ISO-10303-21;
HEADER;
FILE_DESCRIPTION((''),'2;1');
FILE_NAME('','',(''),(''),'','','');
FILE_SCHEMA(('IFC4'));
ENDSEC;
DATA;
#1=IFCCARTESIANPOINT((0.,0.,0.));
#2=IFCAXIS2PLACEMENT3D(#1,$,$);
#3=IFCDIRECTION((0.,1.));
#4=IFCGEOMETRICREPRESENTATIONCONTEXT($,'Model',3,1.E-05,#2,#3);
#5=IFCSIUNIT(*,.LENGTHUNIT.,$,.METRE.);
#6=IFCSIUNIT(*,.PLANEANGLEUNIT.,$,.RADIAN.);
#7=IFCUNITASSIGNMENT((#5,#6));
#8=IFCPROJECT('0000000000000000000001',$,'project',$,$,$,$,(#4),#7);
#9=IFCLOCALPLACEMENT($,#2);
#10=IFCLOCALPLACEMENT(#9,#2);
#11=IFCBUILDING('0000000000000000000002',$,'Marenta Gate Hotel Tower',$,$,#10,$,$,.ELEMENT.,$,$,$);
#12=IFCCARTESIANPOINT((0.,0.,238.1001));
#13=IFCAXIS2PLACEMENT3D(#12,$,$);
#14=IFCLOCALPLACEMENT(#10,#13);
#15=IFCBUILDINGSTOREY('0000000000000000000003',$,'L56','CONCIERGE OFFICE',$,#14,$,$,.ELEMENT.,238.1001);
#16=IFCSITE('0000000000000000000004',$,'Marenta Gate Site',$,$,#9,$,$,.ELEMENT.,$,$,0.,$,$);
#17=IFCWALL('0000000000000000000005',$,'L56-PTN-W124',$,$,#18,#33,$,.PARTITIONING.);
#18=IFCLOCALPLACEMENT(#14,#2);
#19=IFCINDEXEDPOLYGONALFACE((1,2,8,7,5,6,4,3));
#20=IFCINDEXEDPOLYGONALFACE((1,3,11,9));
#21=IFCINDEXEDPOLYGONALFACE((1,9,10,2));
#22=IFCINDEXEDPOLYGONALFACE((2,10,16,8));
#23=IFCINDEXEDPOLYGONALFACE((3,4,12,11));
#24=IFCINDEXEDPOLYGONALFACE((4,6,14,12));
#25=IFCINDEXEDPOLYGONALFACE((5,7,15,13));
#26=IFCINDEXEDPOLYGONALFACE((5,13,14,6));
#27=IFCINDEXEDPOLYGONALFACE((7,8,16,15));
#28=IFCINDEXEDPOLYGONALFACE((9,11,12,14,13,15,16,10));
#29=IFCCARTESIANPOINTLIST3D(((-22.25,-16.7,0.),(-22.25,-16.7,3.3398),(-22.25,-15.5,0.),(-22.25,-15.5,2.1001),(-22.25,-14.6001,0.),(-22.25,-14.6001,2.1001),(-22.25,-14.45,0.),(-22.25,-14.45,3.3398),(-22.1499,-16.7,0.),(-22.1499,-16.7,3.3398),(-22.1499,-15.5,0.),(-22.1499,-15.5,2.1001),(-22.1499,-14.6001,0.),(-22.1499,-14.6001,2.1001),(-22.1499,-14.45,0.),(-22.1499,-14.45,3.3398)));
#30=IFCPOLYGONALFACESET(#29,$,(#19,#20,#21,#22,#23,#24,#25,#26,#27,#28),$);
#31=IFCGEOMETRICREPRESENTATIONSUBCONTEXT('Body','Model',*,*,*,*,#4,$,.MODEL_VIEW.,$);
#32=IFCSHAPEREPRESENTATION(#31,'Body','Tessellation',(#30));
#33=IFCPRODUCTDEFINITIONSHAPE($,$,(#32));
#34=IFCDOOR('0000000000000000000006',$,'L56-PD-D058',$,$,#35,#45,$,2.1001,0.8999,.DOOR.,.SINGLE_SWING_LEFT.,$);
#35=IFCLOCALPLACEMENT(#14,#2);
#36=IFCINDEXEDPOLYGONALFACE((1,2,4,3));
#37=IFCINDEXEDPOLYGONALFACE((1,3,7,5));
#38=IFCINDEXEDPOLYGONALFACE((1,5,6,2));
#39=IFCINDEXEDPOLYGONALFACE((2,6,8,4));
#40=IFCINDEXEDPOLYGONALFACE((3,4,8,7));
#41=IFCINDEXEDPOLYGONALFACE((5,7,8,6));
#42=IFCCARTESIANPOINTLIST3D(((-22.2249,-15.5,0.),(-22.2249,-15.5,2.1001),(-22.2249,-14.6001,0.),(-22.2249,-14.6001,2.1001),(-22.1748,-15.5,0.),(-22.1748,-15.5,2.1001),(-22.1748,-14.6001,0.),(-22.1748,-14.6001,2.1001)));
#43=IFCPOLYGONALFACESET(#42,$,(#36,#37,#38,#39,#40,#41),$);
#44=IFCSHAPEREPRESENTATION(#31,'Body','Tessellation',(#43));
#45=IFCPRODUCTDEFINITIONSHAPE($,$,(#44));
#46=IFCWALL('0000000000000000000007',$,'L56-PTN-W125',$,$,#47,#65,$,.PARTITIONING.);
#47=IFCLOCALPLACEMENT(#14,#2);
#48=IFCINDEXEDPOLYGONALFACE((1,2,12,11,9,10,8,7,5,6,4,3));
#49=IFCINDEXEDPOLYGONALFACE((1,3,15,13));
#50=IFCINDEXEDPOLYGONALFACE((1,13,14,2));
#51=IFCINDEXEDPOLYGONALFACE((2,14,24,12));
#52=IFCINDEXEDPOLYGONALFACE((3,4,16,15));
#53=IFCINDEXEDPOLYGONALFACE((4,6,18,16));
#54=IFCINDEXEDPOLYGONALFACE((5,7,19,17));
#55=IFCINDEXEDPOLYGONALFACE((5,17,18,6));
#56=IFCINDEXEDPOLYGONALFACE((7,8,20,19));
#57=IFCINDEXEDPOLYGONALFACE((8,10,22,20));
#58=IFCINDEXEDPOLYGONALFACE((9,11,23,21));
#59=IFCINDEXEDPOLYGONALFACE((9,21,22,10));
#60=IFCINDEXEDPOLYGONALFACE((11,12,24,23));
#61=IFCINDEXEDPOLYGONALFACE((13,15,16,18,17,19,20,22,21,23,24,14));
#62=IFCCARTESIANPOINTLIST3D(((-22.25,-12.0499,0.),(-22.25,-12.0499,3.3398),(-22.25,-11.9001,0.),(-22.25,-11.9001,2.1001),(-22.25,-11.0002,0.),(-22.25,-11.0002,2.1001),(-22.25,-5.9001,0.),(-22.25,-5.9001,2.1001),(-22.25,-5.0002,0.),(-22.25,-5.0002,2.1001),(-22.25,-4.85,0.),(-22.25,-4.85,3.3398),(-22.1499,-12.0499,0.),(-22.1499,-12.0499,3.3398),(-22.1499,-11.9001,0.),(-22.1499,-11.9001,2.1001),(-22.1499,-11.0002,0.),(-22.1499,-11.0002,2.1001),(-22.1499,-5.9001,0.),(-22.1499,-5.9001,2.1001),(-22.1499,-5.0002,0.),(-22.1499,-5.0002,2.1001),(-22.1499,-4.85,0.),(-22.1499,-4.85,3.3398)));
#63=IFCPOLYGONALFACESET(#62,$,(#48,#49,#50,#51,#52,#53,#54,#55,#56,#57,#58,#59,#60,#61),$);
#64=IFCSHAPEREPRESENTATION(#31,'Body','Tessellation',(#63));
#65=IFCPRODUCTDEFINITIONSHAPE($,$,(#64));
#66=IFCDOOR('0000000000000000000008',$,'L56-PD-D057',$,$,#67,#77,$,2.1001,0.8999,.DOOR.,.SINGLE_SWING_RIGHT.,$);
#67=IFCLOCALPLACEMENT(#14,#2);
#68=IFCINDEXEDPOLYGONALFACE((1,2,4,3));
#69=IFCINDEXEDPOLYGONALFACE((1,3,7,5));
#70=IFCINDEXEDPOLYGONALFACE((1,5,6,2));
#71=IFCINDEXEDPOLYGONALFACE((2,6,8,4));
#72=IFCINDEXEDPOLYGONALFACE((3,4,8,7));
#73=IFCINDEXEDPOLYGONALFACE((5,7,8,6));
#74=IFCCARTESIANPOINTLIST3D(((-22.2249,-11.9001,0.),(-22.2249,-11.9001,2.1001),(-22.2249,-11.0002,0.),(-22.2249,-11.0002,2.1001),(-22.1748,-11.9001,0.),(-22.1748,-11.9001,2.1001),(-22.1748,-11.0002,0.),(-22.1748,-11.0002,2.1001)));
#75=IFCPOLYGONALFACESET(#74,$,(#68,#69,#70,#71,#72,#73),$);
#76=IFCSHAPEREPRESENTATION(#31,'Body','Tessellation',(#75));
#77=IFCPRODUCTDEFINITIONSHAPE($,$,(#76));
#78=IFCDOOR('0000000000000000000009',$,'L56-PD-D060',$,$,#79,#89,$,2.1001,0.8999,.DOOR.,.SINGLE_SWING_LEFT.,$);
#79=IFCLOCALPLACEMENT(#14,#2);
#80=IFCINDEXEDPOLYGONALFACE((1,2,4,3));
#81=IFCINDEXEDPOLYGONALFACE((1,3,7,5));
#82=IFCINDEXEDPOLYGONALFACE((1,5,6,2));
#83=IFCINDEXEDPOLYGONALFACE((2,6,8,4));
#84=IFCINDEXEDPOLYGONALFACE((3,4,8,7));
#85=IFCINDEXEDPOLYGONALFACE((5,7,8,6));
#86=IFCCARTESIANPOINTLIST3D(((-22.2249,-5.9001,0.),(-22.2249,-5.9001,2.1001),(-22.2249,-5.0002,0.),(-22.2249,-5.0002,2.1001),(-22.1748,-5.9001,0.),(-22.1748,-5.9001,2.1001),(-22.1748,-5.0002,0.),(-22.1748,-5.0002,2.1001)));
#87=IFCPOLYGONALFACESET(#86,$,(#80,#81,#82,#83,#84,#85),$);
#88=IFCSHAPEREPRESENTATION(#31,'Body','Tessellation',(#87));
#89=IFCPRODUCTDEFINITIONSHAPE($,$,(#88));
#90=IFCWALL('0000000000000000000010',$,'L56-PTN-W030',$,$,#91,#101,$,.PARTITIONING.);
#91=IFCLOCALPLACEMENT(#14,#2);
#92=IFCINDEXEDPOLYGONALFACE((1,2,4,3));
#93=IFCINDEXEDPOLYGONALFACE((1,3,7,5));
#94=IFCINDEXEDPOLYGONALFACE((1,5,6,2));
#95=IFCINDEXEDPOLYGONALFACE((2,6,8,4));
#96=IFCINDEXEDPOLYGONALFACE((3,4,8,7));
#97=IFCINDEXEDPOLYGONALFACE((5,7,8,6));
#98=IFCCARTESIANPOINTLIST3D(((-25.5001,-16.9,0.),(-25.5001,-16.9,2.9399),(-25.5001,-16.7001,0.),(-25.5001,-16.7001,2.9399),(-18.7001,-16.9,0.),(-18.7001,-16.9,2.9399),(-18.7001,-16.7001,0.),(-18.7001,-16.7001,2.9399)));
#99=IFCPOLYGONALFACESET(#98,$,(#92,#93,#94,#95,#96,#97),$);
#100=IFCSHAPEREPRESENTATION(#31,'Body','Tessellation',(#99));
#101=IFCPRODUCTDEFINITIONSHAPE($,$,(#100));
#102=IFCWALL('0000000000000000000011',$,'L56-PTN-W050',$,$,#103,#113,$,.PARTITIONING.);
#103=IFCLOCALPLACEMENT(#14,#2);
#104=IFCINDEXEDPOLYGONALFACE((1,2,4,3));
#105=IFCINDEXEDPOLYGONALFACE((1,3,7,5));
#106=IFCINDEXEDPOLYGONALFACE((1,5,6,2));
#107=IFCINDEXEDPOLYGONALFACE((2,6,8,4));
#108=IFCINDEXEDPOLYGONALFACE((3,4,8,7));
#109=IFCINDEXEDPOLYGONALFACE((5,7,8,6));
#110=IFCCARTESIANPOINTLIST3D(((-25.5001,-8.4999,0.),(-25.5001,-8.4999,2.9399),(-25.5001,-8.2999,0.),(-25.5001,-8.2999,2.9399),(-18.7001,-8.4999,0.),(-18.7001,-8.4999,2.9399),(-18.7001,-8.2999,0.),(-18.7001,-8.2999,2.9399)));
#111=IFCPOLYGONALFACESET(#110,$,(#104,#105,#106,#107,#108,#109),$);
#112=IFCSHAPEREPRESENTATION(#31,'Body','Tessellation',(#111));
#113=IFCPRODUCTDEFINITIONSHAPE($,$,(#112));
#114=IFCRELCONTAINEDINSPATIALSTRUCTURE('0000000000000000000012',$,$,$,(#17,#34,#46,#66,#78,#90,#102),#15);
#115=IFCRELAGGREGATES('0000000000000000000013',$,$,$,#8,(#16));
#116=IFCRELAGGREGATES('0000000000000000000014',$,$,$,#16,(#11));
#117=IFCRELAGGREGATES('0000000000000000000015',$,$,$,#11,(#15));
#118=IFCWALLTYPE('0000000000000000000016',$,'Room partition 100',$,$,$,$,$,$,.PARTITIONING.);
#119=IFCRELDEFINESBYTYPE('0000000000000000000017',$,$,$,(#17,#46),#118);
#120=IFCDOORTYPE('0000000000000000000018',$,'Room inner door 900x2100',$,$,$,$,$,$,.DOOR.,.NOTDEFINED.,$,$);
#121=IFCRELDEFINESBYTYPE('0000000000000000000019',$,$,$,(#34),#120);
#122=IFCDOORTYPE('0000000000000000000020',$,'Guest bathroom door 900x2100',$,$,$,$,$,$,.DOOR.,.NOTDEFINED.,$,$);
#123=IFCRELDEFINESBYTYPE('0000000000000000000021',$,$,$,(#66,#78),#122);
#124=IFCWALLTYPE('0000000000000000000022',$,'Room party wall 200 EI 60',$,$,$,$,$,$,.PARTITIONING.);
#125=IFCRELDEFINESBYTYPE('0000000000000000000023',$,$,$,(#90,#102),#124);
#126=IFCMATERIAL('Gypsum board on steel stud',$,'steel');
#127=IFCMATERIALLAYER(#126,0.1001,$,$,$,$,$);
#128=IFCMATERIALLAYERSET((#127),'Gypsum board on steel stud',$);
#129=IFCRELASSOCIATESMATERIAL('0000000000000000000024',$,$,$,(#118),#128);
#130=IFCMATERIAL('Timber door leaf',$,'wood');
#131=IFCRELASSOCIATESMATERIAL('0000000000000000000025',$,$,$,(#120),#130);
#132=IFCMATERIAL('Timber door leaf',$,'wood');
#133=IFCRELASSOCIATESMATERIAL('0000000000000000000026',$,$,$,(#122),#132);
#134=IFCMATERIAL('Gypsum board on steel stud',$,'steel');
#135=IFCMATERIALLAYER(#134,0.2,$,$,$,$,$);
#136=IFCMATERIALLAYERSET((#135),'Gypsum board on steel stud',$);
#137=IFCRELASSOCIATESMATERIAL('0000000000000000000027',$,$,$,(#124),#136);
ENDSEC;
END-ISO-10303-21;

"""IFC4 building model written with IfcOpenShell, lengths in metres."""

from ifc_helpers import new_model, si_unit, direction, frame, frame_2d, origin, place, context, subcontext, project, spatial, rectangle, extrude, material, layer, layer_set, type_object, element, fill, save


model = new_model("IFC4")

# Units and contexts
model_context = context("Model", 3, precision=1e-05, world=origin(), true_north=direction((0.0, 1.0)))
body_context = subcontext(model_context, "Body", "Model", "MODEL_VIEW")
ifc_project = project(units=[si_unit("LENGTHUNIT", "METRE"), si_unit("PLANEANGLEUNIT", "RADIAN")], contexts=[model_context])

# Site, building, storey
site_placement = place(None, origin())
site = spatial("IfcSite", under=ifc_project, at=site_placement, Name="Marenta Gate Site", CompositionType="ELEMENT", RefElevation=0.0)
building_placement = place(site_placement, origin())
building = spatial("IfcBuilding", under=site, at=building_placement, Name="Marenta Gate Hotel Tower", CompositionType="ELEMENT")
storey_placement = place(building_placement, frame((0.0, 0.0, 238.1001)))
storey = spatial("IfcBuildingStorey", under=building, at=storey_placement, Name="L56", Description="CONCIERGE OFFICE", CompositionType="ELEMENT", Elevation=238.1001)

# Shared definitions
ifc_material_1 = material(Name="Gypsum board on steel stud", Category="steel")
ifc_layer_1 = layer(ifc_material_1, 0.1001)
ifc_layer_set_1 = layer_set([ifc_layer_1], Name="Gypsum board on steel stud")
wall_type_1 = type_object("IfcWallType", Name="Room partition 100", PredefinedType="PARTITIONING", material=ifc_layer_set_1)

# Wall, opening, door
wall_1_placement = place(storey_placement, frame((-22.2, -16.7, 0.0), z_axis=(0.0, 0.0, 1.0), x_axis=(0.0, 1.0, 0.0)))
wall_1 = element("IfcWall", 1, at=wall_1_placement, inside=storey, type_object=wall_type_1, Name="L56-PTN-W124", PredefinedType="PARTITIONING", context=body_context, shape_type="SweptSolid", body=[
    extrude(rectangle(XDim=2.25, YDim=0.1001, at=frame_2d((1.125, 0.0))), origin(), (0.0, 0.0, 1.0), 3.3398),
])
opening_1_placement = place(wall_1_placement, frame((1.2, 0.0, 0.0)))
opening_1 = element("IfcOpeningElement", 2, at=opening_1_placement, cuts=wall_1, PredefinedType="OPENING", context=body_context, shape_type="SweptSolid", body=[
    extrude(rectangle(XDim=0.8999, YDim=2.1001, at=frame_2d((0.45, 1.05))), frame((0.0, 0.05, 0.0), z_axis=(0.0, -1.0, 0.0), x_axis=(1.0, 0.0, 0.0)), (0.0, 0.0, 1.0), 0.1001),
])
ifc_material_2 = material(Name="Timber door leaf", Category="wood")
door_type_1 = type_object("IfcDoorType", Name="Room inner door 900x2100", OperationType="NOTDEFINED", PredefinedType="DOOR", material=ifc_material_2)
door_1_placement = place(opening_1_placement, origin())
door_1 = element("IfcDoor", 3, at=door_1_placement, inside=storey, type_object=door_type_1, Name="L56-PD-D058", OperationType="SINGLE_SWING_LEFT", OverallHeight=2.1001, OverallWidth=0.8999, PredefinedType="DOOR", context=body_context, shape_type="SweptSolid", body=[
    extrude(rectangle(XDim=0.8999, YDim=2.1001, at=frame_2d((0.45, 1.05))), frame((0.0, 0.0249, 0.0), z_axis=(0.0, -1.0, 0.0), x_axis=(1.0, 0.0, 0.0)), (0.0, 0.0, 1.0), 0.05),
])
fill(opening_1, door_1)

# Wall, openings, doors
wall_2_placement = place(storey_placement, frame((-22.2, -12.05, 0.0), z_axis=(0.0, 0.0, 1.0), x_axis=(0.0, 1.0, 0.0)))
wall_2 = element("IfcWall", 4, at=wall_2_placement, inside=storey, type_object=wall_type_1, Name="L56-PTN-W125", PredefinedType="PARTITIONING", context=body_context, shape_type="SweptSolid", body=[
    extrude(rectangle(XDim=7.2, YDim=0.1001, at=frame_2d((3.6001, 0.0))), origin(), (0.0, 0.0, 1.0), 3.3398),
])
opening_2_placement = place(wall_2_placement, frame((0.1499, 0.0, 0.0)))
opening_2 = element("IfcOpeningElement", 5, at=opening_2_placement, cuts=wall_2, PredefinedType="OPENING", context=body_context, shape_type="SweptSolid", body=[
    extrude(rectangle(XDim=0.8999, YDim=2.1001, at=frame_2d((0.45, 1.05))), frame((0.0, 0.05, 0.0), z_axis=(0.0, -1.0, 0.0), x_axis=(1.0, 0.0, 0.0)), (0.0, 0.0, 1.0), 0.1001),
])
opening_3_placement = place(wall_2_placement, frame((6.1499, 0.0, 0.0)))
opening_3 = element("IfcOpeningElement", 6, at=opening_3_placement, cuts=wall_2, PredefinedType="OPENING", context=body_context, shape_type="SweptSolid", body=[
    extrude(rectangle(XDim=0.8999, YDim=2.1001, at=frame_2d((0.45, 1.05))), frame((0.0, 0.05, 0.0), z_axis=(0.0, -1.0, 0.0), x_axis=(1.0, 0.0, 0.0)), (0.0, 0.0, 1.0), 0.1001),
])
ifc_material_3 = material(Name="Timber door leaf", Category="wood")
door_type_2 = type_object("IfcDoorType", Name="Guest bathroom door 900x2100", OperationType="NOTDEFINED", PredefinedType="DOOR", material=ifc_material_3)
door_2_placement = place(opening_2_placement, origin())
door_2 = element("IfcDoor", 7, at=door_2_placement, inside=storey, type_object=door_type_2, Name="L56-PD-D057", OperationType="SINGLE_SWING_RIGHT", OverallHeight=2.1001, OverallWidth=0.8999, PredefinedType="DOOR", context=body_context, shape_type="SweptSolid", body=[
    extrude(rectangle(XDim=0.8999, YDim=2.1001, at=frame_2d((0.45, 1.05))), frame((0.0, 0.0249, 0.0), z_axis=(0.0, -1.0, 0.0), x_axis=(1.0, 0.0, 0.0)), (0.0, 0.0, 1.0), 0.05),
])
fill(opening_2, door_2)
door_3_placement = place(opening_3_placement, origin())
door_3 = element("IfcDoor", 8, at=door_3_placement, inside=storey, type_object=door_type_2, Name="L56-PD-D060", OperationType="SINGLE_SWING_LEFT", OverallHeight=2.1001, OverallWidth=0.8999, PredefinedType="DOOR", context=body_context, shape_type="SweptSolid", body=[
    extrude(rectangle(XDim=0.8999, YDim=2.1001, at=frame_2d((0.45, 1.05))), frame((0.0, 0.0249, 0.0), z_axis=(0.0, -1.0, 0.0), x_axis=(1.0, 0.0, 0.0)), (0.0, 0.0, 1.0), 0.05),
])
fill(opening_3, door_3)

# Walls
ifc_material_4 = material(Name="Gypsum board on steel stud", Category="steel")
ifc_layer_2 = layer(ifc_material_4, 0.2)
ifc_layer_set_2 = layer_set([ifc_layer_2], Name="Gypsum board on steel stud")
wall_type_2 = type_object("IfcWallType", Name="Room party wall 200 EI 60", PredefinedType="PARTITIONING", material=ifc_layer_set_2)
for number, where, z_axis, x_axis, name in (
    (9, (-25.5, -16.8, 0.0), (0.0, 0.0, 1.0), (1.0, 0.0, 0.0), "L56-PTN-W030"),
    (10, (-25.5, -8.3999, 0.0), (0.0, 0.0, 1.0), (1.0, 0.0, 0.0), "L56-PTN-W050"),
):
    element("IfcWall", number, at=place(storey_placement, frame(where, z_axis=z_axis, x_axis=x_axis)), inside=storey, type_object=wall_type_2, Name=name, PredefinedType="PARTITIONING", context=body_context, shape_type="SweptSolid", body=[
        extrude(rectangle(XDim=6.8, YDim=0.2, at=frame_2d((3.3999, 0.0))), origin(), (0.0, 0.0, 1.0), 2.9399),
    ])

save(model, "model.ifc")
